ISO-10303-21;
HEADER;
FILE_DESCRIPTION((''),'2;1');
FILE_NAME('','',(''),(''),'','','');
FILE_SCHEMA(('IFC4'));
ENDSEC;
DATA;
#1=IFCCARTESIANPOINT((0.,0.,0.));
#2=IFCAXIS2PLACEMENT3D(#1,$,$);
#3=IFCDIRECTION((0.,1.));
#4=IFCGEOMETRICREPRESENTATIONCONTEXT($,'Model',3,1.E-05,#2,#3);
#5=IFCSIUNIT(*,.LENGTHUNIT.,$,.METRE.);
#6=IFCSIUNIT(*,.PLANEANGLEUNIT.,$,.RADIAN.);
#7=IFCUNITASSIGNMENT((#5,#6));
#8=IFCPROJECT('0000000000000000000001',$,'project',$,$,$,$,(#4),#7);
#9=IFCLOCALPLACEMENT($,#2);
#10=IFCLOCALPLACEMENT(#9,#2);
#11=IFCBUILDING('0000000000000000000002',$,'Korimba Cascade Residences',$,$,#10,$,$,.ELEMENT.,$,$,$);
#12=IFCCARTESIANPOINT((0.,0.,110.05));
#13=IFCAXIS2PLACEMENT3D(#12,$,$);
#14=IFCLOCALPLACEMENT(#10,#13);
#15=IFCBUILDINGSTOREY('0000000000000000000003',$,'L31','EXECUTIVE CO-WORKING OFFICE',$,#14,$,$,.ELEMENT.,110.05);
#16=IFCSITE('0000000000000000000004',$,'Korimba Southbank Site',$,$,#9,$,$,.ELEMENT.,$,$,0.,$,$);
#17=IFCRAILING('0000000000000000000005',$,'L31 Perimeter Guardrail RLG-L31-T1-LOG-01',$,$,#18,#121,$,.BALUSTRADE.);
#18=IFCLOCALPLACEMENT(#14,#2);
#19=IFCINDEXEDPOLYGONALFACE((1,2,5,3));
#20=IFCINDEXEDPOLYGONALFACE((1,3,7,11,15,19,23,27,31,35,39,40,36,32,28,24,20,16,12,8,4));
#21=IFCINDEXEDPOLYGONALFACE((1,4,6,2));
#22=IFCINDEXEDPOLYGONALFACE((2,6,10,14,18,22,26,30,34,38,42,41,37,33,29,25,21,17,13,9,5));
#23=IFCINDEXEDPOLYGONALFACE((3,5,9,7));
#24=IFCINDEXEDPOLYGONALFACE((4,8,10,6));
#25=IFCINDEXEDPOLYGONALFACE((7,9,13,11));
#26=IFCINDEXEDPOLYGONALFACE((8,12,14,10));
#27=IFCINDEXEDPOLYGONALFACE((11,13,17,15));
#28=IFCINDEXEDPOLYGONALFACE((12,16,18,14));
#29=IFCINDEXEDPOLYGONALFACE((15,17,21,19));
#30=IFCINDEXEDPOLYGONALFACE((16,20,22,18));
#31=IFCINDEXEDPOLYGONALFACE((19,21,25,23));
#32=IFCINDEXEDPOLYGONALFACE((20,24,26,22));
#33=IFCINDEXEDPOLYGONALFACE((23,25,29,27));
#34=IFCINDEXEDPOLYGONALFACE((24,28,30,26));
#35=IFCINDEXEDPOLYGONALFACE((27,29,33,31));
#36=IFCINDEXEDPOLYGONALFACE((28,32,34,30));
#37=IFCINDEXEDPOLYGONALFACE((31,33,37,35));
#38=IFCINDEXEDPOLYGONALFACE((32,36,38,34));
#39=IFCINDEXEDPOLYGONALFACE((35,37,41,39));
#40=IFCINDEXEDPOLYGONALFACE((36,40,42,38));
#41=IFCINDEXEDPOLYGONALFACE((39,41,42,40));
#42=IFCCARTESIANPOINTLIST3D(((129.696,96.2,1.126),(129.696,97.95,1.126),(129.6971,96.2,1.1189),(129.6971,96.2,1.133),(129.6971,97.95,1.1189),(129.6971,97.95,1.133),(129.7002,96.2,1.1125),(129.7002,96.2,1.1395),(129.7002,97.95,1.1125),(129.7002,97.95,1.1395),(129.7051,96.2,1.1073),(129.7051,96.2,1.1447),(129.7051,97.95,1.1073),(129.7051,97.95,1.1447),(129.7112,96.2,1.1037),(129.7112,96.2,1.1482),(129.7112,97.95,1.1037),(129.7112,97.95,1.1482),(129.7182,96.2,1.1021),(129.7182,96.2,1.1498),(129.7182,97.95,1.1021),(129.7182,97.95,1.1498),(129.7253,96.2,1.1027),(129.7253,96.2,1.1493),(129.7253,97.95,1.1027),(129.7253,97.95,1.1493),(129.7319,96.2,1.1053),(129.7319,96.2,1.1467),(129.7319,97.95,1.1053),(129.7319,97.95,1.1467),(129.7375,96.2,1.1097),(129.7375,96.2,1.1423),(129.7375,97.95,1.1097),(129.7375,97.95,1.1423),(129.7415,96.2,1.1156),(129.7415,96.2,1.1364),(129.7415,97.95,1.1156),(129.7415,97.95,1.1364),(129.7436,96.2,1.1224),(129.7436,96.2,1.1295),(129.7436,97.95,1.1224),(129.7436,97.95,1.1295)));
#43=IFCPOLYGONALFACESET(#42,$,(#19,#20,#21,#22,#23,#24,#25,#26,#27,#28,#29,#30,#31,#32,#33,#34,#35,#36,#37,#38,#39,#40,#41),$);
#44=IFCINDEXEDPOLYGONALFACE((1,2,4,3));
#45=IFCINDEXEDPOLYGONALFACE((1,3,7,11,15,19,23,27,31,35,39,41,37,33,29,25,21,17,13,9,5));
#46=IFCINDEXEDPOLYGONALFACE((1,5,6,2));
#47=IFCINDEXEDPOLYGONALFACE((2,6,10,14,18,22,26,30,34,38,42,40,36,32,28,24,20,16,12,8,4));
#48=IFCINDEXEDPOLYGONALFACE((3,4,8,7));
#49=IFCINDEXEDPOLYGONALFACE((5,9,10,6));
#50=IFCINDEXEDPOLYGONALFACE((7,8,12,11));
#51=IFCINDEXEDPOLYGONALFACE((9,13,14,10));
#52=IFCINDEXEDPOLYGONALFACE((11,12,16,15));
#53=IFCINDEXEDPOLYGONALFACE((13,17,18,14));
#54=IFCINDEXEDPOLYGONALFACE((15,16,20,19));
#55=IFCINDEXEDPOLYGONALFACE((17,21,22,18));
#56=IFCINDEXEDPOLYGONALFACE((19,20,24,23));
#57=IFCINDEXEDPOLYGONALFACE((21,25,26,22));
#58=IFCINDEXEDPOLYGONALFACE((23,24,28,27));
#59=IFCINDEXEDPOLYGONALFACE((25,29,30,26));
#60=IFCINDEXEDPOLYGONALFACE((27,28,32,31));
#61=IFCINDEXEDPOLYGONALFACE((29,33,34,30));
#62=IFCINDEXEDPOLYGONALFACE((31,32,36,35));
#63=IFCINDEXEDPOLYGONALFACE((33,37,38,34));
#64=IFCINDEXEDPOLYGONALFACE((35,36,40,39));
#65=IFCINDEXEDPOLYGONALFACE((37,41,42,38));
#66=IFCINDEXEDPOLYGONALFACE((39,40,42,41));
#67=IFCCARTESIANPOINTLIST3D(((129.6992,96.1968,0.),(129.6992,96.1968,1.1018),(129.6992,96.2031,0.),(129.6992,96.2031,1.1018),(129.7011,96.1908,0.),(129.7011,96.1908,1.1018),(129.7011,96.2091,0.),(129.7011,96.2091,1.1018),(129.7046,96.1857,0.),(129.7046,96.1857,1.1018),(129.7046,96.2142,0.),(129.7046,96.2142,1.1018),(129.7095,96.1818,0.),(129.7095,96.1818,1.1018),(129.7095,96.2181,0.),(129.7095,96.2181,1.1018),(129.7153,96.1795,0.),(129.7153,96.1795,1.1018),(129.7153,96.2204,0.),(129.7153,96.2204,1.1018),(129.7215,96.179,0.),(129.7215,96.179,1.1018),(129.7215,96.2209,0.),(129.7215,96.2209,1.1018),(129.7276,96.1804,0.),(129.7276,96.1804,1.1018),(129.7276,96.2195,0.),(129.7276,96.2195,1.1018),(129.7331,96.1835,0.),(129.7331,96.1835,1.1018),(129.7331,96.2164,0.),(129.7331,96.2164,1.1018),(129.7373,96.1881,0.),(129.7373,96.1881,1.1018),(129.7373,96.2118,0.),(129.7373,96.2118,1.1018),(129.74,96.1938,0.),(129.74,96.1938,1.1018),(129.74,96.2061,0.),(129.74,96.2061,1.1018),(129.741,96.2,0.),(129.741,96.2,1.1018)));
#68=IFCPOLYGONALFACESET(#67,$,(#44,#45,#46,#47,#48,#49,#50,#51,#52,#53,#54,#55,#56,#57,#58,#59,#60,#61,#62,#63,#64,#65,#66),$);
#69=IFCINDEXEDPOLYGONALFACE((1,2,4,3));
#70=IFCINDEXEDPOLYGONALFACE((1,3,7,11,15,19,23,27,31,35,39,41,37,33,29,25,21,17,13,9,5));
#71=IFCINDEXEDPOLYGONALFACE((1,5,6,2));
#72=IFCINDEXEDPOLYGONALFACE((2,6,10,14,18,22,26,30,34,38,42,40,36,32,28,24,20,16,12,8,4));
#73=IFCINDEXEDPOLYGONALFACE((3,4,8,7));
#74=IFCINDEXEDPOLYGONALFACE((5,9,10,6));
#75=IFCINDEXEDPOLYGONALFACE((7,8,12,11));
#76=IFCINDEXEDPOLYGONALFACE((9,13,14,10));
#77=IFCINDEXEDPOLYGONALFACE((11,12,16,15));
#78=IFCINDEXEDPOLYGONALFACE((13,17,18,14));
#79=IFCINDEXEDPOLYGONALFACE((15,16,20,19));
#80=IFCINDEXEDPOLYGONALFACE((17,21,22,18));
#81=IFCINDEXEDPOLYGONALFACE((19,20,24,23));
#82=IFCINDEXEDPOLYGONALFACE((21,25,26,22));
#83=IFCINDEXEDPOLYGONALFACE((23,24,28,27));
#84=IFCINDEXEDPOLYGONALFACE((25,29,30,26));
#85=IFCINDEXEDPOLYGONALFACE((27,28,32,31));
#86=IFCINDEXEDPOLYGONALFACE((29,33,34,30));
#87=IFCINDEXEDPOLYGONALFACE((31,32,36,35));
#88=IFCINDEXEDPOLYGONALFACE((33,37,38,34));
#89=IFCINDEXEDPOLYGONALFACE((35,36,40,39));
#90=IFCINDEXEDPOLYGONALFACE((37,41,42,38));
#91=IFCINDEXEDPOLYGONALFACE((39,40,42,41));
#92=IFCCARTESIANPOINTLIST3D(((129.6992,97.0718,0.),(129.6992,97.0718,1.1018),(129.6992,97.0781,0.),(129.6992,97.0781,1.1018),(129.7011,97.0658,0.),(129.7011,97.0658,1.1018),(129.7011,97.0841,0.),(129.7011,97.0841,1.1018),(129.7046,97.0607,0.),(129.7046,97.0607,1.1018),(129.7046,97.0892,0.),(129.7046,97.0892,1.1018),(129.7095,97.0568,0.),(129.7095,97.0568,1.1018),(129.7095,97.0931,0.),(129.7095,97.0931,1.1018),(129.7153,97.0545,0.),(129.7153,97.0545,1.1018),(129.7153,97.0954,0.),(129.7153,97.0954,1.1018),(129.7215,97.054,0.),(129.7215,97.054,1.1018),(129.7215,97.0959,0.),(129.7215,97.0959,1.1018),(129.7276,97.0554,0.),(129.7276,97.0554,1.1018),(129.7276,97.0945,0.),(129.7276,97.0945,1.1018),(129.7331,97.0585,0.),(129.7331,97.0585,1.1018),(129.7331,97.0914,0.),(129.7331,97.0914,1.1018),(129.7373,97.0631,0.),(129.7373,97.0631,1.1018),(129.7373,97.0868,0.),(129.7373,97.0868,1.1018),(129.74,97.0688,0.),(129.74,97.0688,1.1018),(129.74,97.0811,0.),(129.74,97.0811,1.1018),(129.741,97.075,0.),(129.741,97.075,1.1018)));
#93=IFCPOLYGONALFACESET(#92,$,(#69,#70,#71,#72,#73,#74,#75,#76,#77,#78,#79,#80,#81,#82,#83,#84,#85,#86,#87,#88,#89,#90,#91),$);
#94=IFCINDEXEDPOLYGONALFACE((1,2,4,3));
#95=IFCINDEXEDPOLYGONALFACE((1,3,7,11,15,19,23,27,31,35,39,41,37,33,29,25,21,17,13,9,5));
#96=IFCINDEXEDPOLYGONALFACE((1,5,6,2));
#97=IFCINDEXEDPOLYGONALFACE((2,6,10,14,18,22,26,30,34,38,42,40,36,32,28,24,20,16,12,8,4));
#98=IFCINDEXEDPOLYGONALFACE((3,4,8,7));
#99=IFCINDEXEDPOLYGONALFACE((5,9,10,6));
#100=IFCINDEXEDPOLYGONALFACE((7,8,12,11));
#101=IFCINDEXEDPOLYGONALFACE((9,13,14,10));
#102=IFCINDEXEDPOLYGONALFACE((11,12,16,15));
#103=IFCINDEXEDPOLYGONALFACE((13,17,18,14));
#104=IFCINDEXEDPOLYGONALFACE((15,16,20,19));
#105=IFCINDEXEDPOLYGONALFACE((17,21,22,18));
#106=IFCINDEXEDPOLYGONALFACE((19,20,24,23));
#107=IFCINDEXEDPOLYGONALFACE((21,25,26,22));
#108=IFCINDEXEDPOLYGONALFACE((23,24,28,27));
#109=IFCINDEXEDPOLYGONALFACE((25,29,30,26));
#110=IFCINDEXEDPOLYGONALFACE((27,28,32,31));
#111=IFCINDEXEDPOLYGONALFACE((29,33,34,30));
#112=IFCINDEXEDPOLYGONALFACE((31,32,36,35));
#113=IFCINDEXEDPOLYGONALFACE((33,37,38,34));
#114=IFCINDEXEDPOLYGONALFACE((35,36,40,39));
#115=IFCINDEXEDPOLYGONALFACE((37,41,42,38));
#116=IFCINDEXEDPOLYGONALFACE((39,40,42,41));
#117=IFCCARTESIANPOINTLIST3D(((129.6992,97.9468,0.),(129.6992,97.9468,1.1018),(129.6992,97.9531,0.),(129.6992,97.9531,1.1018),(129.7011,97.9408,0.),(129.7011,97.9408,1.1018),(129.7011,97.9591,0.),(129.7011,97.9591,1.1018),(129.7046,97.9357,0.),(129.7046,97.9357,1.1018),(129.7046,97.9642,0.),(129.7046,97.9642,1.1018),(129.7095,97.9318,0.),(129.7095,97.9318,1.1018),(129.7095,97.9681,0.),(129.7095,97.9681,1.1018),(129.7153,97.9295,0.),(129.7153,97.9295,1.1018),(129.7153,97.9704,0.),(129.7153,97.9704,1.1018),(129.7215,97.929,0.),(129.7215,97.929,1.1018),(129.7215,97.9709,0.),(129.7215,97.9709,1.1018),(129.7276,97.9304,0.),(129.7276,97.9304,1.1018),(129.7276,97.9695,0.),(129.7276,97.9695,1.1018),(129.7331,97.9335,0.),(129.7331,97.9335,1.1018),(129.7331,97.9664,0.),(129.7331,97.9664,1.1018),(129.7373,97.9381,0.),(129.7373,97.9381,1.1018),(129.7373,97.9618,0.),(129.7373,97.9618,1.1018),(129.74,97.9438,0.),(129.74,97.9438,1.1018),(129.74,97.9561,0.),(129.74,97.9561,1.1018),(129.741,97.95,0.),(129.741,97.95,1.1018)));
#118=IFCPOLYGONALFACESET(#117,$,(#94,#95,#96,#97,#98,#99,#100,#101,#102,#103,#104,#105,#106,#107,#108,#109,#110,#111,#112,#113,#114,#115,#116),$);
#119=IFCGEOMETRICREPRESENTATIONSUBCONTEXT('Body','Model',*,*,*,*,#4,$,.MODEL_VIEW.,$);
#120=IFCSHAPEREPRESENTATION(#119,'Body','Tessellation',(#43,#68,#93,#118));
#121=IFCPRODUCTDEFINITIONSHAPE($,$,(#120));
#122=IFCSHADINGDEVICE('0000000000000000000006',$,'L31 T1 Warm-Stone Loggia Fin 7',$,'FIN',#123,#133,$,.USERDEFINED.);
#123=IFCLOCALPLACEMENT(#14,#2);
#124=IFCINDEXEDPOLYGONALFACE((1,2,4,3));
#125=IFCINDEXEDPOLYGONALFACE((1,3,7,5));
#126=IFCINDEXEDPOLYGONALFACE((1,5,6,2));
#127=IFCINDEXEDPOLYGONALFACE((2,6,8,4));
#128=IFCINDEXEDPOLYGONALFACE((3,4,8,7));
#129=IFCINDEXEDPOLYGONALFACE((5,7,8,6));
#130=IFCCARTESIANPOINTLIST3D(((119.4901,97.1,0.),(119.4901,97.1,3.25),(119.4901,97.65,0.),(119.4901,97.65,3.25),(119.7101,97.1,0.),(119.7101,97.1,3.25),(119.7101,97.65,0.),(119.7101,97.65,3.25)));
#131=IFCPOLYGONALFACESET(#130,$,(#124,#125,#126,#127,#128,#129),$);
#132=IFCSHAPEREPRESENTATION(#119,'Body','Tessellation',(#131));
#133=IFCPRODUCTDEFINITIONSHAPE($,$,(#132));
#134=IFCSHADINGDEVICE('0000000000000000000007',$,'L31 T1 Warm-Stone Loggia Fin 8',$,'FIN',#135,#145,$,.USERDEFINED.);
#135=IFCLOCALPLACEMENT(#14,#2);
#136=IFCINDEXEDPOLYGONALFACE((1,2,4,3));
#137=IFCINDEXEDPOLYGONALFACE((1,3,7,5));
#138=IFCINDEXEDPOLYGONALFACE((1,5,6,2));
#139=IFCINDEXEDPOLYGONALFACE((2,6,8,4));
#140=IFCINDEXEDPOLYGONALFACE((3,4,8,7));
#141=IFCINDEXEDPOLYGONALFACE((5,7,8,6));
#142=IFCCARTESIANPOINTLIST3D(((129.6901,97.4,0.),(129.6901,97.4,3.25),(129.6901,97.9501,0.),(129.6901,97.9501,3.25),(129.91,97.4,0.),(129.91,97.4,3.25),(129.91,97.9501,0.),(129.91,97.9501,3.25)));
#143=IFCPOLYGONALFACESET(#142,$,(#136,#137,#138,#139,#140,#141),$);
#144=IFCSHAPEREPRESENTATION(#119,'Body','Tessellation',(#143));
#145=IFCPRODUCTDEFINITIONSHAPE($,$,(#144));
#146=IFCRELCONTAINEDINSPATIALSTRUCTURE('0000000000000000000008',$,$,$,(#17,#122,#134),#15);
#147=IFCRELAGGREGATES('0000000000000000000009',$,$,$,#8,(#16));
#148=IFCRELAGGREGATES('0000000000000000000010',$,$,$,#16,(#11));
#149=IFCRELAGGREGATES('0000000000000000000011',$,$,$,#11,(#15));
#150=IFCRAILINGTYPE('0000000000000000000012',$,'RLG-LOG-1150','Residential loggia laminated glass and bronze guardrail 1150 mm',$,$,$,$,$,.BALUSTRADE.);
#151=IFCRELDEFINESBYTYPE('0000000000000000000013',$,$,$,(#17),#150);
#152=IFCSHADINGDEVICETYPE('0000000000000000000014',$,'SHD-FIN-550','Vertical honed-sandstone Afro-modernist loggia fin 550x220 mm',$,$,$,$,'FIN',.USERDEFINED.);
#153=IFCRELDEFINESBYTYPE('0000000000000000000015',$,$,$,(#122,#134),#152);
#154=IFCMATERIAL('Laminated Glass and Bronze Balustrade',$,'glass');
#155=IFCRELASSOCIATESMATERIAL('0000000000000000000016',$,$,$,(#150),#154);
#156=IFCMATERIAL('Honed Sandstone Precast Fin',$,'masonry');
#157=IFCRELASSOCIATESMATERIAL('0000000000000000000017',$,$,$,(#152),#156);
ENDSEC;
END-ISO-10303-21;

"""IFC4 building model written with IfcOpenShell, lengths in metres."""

from ifc_helpers import new_model, si_unit, direction, frame, origin, origin_2d, place, context, subcontext, project, spatial, rectangle, circle, extrude, material, type_object, element, save


model = new_model("IFC4")

# Units and contexts
model_context = context("Model", 3, precision=1e-05, world=origin(), true_north=direction((0.0, 1.0)))
body_context = subcontext(model_context, "Body", "Model", "MODEL_VIEW")
ifc_project = project(units=[si_unit("LENGTHUNIT", "METRE"), si_unit("PLANEANGLEUNIT", "RADIAN")], contexts=[model_context])

# Site, building, storey
site_placement = place(None, origin())
site = spatial("IfcSite", under=ifc_project, at=site_placement, Name="Korimba Southbank Site", CompositionType="ELEMENT", RefElevation=0.0)
building_placement = place(site_placement, origin())
building = spatial("IfcBuilding", under=site, at=building_placement, Name="Korimba Cascade Residences", CompositionType="ELEMENT")
storey_placement = place(building_placement, frame((0.0, 0.0, 110.05)))
storey = spatial("IfcBuildingStorey", under=building, at=storey_placement, Name="L31", Description="EXECUTIVE CO-WORKING OFFICE", CompositionType="ELEMENT", Elevation=110.05)

# Railing
ifc_material_1 = material(Name="Laminated Glass and Bronze Balustrade", Category="glass")
railing_type = type_object("IfcRailingType", Name="RLG-LOG-1150", Description="Residential loggia laminated glass and bronze guardrail 1150 mm", PredefinedType="BALUSTRADE", material=ifc_material_1)
railing_1_placement = place(storey_placement, frame((129.72, 96.2, 0.0)))
element("IfcRailing", 1, at=railing_1_placement, inside=storey, type_object=railing_type, Name="L31 Perimeter Guardrail RLG-L31-T1-LOG-01", PredefinedType="BALUSTRADE", context=body_context, shape_type="SweptSolid", body=[
    extrude(circle(Radius=0.0239, at=origin_2d()), frame((0.0, 0.0, 1.126), z_axis=(0.0, 1.0, 0.0), x_axis=(-1.0, 0.0, 0.0)), (0.0, 0.0, 1.0), 1.75),
    extrude(circle(Radius=0.021, at=origin_2d()), origin(), (0.0, 0.0, 1.0), 1.1018),
    extrude(circle(Radius=0.021, at=origin_2d()), frame((0.0, 0.875, 0.0)), (0.0, 0.0, 1.0), 1.1018),
    extrude(circle(Radius=0.021, at=origin_2d()), frame((0.0, 1.75, 0.0)), (0.0, 0.0, 1.0), 1.1018),
])

# Shading devices
ifc_material_2 = material(Name="Honed Sandstone Precast Fin", Category="masonry")
shading_device_type = type_object("IfcShadingDeviceType", Name="SHD-FIN-550", Description="Vertical honed-sandstone Afro-modernist loggia fin 550x220 mm", ElementType="FIN", PredefinedType="USERDEFINED", material=ifc_material_2)
for number, where, z_axis, x_axis, name in (
    (2, (119.6001, 97.375, 0.0), (0.0, 0.0, 1.0), (1.0, 0.0, 0.0), "L31 T1 Warm-Stone Loggia Fin 7"),
    (3, (129.8, 97.675, 0.0), (0.0, 0.0, 1.0), (1.0, 0.0, 0.0), "L31 T1 Warm-Stone Loggia Fin 8"),
):
    element("IfcShadingDevice", number, at=place(storey_placement, frame(where, z_axis=z_axis, x_axis=x_axis)), inside=storey, type_object=shading_device_type, Name=name, ObjectType="FIN", PredefinedType="USERDEFINED", context=body_context, shape_type="SweptSolid", body=[
        extrude(rectangle(XDim=0.22, YDim=0.55, at=origin_2d()), origin(), (0.0, 0.0, 1.0), 3.25),
    ])

save(model, "model.ifc")
